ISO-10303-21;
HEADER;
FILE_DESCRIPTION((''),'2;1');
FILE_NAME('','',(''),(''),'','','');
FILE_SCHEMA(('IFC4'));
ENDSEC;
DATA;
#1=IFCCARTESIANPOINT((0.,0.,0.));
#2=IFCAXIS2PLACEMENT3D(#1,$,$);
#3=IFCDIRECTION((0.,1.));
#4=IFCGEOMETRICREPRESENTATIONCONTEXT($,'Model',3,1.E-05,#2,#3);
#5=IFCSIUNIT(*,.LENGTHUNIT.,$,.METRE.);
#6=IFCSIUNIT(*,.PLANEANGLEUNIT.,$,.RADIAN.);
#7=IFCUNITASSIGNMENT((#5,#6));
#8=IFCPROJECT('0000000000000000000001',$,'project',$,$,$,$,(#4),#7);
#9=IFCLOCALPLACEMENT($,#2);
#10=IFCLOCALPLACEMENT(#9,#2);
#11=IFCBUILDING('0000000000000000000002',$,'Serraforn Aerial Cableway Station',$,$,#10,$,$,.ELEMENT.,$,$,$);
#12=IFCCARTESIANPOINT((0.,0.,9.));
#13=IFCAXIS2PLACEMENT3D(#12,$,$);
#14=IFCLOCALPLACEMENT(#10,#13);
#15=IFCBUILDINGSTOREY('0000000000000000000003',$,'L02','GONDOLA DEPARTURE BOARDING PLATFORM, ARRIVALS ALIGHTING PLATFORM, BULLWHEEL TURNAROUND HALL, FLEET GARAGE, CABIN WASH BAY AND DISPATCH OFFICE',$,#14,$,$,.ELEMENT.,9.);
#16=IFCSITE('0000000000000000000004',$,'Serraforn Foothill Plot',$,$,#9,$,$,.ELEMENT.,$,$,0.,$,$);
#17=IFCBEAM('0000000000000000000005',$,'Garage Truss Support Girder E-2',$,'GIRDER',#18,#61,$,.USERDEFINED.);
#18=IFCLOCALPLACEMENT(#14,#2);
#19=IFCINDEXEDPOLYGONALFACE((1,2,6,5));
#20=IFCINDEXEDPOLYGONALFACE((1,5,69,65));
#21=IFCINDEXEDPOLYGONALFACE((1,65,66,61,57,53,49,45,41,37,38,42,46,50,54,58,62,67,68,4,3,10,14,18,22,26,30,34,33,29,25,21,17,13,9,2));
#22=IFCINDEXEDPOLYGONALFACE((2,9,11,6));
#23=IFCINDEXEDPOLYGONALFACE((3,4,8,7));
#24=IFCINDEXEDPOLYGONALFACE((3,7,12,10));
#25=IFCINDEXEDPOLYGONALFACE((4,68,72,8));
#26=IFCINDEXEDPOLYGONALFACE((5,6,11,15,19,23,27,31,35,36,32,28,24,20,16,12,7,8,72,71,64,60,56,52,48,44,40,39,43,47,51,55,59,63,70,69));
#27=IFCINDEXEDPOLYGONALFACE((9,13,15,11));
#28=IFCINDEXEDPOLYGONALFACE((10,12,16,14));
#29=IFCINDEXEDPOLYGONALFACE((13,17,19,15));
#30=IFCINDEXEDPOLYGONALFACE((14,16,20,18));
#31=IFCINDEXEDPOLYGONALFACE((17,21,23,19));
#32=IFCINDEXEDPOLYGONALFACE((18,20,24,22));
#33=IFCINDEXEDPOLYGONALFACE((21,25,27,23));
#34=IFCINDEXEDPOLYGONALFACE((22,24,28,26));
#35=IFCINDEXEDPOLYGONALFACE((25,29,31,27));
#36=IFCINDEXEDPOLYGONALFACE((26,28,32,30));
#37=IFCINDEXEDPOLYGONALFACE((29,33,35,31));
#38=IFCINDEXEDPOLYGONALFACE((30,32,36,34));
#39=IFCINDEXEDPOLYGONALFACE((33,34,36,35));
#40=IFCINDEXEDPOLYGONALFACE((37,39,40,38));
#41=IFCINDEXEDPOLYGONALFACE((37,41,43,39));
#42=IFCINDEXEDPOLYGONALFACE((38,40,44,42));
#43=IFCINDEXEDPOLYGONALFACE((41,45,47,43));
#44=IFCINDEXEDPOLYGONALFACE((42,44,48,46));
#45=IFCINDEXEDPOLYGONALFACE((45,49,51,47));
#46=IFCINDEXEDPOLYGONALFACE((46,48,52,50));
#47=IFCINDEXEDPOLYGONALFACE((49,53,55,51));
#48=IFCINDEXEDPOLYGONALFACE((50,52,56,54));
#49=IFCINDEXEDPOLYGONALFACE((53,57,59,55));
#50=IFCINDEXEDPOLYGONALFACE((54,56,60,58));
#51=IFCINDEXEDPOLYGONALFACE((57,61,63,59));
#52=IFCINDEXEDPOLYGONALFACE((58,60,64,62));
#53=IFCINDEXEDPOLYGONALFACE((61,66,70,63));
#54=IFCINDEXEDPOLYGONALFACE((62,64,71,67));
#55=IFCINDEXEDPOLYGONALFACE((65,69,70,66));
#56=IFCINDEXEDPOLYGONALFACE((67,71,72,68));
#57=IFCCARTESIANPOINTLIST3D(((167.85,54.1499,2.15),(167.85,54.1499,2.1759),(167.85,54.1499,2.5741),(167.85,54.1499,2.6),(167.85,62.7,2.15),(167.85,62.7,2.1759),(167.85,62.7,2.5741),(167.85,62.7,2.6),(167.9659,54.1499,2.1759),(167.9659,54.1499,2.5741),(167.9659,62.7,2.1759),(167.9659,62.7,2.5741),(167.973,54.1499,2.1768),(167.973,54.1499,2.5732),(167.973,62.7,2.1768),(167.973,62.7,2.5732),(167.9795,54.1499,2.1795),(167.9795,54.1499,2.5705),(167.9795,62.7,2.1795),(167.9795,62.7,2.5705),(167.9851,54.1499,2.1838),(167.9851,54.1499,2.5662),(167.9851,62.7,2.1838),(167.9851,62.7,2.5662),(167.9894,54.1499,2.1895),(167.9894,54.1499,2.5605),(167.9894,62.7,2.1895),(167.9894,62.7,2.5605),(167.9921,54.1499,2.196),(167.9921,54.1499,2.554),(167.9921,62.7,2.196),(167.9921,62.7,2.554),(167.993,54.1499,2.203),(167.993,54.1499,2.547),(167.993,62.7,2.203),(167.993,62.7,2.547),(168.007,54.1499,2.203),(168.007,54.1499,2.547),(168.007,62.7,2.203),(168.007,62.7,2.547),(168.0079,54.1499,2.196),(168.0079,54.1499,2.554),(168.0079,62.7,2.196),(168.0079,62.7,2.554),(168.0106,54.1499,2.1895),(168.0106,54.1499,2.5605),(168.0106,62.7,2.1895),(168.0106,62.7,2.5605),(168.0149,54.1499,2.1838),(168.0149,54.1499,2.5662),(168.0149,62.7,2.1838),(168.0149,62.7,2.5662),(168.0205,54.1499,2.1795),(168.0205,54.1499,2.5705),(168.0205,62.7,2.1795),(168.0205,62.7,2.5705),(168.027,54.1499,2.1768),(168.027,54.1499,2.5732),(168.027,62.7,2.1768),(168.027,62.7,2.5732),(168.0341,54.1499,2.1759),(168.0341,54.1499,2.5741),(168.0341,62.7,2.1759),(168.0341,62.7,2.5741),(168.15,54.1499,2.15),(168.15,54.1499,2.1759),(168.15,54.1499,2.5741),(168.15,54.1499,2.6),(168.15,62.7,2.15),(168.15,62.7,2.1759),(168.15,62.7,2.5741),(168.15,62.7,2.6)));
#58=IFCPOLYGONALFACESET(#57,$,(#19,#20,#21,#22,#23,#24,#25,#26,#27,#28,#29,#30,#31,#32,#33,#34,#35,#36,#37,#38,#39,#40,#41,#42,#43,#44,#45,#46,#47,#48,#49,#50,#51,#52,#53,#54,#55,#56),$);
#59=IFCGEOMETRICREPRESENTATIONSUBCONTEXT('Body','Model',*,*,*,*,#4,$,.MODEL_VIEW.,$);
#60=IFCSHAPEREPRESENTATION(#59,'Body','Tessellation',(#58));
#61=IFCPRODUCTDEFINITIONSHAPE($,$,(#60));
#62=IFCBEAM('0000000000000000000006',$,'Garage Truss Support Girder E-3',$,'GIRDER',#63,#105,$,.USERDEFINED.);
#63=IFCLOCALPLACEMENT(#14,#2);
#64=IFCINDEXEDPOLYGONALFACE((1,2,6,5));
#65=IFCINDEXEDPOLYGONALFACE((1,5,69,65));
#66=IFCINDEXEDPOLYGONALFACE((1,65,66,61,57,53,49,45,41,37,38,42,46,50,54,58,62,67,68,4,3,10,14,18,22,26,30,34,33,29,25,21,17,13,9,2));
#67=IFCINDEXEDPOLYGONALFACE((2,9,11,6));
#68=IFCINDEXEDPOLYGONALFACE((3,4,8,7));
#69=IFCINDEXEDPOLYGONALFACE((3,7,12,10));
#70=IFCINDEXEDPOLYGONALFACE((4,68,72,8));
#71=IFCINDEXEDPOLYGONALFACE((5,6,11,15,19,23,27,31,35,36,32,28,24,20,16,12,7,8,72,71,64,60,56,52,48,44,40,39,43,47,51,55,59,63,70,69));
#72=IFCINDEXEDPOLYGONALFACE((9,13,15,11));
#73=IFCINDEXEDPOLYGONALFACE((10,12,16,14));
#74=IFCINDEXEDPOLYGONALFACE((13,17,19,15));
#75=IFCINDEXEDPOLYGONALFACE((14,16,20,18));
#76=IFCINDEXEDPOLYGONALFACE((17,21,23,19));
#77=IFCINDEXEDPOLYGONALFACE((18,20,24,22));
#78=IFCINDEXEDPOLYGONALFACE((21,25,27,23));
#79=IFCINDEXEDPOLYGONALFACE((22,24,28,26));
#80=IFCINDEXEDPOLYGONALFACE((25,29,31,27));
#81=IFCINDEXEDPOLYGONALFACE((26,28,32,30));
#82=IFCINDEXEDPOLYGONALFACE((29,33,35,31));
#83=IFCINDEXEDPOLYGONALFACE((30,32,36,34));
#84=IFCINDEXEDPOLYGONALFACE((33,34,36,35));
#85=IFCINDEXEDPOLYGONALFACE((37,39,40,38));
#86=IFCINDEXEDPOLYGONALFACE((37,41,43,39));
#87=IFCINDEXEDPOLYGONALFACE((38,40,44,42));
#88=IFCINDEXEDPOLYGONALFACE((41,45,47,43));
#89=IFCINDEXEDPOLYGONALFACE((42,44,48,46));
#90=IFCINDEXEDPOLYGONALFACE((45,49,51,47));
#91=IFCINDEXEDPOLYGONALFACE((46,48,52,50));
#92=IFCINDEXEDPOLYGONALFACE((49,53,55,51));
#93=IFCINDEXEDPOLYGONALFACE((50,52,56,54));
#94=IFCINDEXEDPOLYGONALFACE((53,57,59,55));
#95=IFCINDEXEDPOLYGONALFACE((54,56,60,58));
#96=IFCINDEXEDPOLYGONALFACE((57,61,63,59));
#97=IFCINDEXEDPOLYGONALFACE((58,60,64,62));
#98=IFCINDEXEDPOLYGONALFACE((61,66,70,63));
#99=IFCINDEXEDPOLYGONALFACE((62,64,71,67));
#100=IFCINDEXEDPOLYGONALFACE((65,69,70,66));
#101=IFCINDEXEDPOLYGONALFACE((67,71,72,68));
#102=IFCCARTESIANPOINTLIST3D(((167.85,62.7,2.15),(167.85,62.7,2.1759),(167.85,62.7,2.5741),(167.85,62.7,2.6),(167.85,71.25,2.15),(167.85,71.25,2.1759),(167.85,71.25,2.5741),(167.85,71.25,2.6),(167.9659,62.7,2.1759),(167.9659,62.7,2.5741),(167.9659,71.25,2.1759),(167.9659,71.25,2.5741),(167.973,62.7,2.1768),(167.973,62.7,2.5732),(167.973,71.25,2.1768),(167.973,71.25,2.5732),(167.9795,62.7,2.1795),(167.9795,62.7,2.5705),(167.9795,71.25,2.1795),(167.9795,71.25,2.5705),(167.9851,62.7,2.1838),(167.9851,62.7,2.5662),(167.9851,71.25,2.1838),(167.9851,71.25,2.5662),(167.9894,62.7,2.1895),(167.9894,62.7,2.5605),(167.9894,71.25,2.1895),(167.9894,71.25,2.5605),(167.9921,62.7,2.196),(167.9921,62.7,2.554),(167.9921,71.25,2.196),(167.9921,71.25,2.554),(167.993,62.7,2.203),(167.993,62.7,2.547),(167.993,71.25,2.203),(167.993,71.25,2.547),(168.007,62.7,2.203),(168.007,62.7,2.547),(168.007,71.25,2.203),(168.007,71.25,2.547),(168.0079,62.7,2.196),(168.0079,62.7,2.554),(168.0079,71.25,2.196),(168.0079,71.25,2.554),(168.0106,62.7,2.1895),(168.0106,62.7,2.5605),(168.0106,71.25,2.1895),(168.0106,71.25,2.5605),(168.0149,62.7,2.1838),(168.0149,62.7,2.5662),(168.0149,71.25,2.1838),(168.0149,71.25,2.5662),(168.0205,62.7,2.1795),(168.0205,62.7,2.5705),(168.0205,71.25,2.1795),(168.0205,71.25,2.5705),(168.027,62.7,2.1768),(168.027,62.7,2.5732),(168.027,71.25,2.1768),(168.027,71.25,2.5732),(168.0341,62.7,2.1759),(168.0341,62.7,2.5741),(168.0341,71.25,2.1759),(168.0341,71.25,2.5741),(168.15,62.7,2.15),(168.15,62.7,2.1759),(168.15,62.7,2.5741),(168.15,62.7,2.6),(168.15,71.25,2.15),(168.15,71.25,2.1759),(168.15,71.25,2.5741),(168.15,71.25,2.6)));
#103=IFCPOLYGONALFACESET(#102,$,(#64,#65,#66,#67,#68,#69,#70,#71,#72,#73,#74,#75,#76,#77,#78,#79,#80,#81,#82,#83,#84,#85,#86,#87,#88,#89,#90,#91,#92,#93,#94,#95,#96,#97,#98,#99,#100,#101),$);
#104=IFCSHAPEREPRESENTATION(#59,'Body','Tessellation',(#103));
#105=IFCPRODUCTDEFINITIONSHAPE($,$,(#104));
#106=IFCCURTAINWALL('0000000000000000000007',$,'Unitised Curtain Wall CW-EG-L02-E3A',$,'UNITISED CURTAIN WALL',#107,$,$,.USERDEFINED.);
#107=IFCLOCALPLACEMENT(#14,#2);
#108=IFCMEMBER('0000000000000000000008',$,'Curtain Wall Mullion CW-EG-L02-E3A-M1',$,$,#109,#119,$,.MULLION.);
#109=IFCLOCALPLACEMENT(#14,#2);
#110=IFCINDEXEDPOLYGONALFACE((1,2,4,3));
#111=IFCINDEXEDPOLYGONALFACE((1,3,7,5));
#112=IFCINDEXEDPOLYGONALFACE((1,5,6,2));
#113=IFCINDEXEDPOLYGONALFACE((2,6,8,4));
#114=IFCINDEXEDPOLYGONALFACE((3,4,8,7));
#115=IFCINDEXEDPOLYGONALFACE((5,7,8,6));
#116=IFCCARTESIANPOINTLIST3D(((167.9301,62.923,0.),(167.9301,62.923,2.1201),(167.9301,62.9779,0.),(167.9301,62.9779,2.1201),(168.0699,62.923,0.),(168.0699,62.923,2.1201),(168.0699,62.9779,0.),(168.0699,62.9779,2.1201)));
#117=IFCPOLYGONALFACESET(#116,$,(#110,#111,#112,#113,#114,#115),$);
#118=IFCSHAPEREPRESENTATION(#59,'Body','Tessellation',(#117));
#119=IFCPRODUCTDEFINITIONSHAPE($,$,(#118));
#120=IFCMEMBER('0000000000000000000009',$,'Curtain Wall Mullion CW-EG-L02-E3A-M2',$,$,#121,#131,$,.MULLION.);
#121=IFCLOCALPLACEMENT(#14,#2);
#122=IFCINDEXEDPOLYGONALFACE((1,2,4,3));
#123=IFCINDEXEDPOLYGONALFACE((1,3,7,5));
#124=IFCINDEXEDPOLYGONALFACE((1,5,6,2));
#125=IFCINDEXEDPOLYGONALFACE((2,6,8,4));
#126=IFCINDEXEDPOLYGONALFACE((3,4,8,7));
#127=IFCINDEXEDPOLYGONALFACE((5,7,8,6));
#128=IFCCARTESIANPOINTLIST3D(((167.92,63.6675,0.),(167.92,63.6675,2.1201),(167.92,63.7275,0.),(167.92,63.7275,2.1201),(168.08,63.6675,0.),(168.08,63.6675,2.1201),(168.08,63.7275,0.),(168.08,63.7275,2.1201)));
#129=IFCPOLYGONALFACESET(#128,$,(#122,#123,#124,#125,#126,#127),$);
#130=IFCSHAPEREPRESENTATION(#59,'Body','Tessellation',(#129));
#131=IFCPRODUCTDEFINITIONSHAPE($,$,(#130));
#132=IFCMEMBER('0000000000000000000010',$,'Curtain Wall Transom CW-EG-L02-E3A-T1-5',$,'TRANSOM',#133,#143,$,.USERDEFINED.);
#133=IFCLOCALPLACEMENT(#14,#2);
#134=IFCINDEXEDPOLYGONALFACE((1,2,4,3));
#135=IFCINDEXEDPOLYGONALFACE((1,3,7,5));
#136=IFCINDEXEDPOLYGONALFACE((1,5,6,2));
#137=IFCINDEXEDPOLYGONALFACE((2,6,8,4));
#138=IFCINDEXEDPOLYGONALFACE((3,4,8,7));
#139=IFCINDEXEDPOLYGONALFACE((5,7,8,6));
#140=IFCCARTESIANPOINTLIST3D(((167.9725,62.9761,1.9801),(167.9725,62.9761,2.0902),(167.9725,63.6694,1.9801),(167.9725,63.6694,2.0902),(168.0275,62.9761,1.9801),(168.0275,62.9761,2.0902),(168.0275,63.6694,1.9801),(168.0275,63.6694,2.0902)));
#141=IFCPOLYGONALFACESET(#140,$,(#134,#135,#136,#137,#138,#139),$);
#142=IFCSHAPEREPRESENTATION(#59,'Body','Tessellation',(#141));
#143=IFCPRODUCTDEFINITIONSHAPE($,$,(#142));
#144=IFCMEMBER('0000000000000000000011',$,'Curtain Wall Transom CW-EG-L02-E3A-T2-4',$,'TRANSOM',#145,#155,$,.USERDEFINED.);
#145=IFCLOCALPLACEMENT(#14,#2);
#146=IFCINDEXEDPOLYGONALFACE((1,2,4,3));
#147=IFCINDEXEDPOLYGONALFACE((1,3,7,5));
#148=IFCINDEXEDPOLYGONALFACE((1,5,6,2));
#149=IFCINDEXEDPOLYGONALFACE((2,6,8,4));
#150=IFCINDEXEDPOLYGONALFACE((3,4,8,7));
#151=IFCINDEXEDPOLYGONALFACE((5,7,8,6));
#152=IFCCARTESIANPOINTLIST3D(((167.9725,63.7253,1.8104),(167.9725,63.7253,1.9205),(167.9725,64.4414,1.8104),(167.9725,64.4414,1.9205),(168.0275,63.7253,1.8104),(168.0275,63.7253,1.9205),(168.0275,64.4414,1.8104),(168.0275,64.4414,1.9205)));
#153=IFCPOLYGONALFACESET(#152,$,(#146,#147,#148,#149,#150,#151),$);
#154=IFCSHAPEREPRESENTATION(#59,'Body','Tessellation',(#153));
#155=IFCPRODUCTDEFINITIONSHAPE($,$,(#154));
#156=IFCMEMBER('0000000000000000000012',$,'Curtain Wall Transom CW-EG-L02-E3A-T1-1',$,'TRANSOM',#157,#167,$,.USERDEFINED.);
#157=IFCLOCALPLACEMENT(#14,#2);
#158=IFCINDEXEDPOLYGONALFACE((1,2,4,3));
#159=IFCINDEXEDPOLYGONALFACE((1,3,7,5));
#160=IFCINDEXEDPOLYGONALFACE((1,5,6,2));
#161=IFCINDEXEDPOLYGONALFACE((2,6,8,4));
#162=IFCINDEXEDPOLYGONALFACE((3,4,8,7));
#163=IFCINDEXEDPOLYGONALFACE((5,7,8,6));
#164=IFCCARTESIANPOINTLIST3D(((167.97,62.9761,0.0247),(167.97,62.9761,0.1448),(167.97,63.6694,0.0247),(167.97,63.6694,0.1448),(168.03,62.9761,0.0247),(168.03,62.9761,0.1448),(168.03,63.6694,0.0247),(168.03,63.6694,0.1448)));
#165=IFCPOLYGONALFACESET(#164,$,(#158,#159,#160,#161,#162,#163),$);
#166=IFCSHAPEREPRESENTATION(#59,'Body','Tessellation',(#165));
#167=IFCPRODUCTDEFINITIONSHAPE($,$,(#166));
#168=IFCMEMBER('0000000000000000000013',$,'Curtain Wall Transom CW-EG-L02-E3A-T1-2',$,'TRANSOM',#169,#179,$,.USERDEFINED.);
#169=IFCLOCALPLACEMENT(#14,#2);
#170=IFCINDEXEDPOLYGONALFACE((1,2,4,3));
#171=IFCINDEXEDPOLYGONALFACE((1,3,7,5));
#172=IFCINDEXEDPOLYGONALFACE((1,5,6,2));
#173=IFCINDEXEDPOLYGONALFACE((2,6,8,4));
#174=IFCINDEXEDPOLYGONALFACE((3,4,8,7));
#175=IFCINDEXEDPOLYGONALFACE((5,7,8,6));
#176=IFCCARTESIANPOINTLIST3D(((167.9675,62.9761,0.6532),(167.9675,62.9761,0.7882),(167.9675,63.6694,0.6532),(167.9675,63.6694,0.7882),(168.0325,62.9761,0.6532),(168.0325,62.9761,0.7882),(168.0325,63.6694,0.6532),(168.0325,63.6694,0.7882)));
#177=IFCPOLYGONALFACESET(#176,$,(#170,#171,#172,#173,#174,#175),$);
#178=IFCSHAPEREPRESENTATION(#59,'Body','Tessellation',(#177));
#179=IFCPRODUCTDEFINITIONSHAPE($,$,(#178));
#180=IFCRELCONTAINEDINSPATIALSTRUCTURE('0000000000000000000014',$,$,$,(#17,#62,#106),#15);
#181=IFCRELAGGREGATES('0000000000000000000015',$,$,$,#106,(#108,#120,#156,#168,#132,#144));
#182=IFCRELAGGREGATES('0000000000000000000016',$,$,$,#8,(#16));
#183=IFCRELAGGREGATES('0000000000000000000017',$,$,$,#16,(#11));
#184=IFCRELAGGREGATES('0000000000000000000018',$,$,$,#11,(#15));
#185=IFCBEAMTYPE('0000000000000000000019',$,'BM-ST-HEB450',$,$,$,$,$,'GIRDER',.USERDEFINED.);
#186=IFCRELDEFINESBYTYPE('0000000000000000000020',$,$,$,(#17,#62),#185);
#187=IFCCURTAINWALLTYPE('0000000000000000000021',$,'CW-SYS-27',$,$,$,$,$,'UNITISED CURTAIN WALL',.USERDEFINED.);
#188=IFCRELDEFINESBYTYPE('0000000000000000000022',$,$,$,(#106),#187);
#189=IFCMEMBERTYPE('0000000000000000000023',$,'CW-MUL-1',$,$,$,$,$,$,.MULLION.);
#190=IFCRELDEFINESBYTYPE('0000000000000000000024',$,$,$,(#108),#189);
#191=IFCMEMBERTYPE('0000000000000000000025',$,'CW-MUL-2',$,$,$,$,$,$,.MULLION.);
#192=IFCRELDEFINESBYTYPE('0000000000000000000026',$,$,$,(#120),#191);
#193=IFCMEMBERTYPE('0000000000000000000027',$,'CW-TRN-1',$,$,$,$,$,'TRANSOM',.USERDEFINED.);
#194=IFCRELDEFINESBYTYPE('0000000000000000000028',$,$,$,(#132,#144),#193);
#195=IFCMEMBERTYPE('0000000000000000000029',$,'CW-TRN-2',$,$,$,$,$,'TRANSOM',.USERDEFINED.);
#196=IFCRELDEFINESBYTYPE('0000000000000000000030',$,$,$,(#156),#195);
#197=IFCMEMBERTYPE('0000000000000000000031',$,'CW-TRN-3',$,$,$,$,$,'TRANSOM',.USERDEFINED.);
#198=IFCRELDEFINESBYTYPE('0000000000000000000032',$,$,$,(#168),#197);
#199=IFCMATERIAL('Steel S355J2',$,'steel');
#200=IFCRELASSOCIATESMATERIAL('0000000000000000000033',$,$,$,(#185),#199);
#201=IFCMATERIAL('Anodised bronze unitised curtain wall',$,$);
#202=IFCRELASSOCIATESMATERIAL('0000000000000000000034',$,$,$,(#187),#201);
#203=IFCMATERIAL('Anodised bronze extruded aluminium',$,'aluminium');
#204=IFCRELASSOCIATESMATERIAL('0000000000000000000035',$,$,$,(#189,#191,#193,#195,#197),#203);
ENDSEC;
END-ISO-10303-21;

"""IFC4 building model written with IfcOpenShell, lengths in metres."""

from ifc_helpers import new_model, si_unit, direction, frame, origin, origin_2d, place, context, subcontext, project, spatial, rectangle, i_section, extrude, material, material_profile, profile_set, type_object, element, aggregate, save


model = new_model("IFC4")

# Units and contexts
model_context = context("Model", 3, precision=1e-05, world=origin(), true_north=direction((0.0, 1.0)))
body_context = subcontext(model_context, "Body", "Model", "MODEL_VIEW")
ifc_project = project(units=[si_unit("LENGTHUNIT", "METRE"), si_unit("PLANEANGLEUNIT", "RADIAN")], contexts=[model_context])

# Site, building, storey
site_placement = place(None, origin())
site = spatial("IfcSite", under=ifc_project, at=site_placement, Name="Serraforn Foothill Plot", CompositionType="ELEMENT", RefElevation=0.0)
building_placement = place(site_placement, origin())
building = spatial("IfcBuilding", under=site, at=building_placement, Name="Serraforn Aerial Cableway Station", CompositionType="ELEMENT")
storey_placement = place(building_placement, frame((0.0, 0.0, 9.0)))
storey = spatial("IfcBuildingStorey", under=building, at=storey_placement, Name="L02", Description="GONDOLA DEPARTURE BOARDING PLATFORM, ARRIVALS ALIGHTING PLATFORM, BULLWHEEL TURNAROUND HALL, FLEET GARAGE, CABIN WASH BAY AND DISPATCH OFFICE", CompositionType="ELEMENT", Elevation=9.0)

# Shared definitions
ifc_material_1 = material(Name="Steel S355J2", Category="steel")

# Beams
ifc_material_profile_1 = material_profile(ifc_material_1, i_section(OverallWidth=0.3, OverallDepth=0.45, WebThickness=0.0139, FlangeThickness=0.0259, FilletRadius=0.0271, at=origin_2d()), Name="HEB 450")
ifc_profile_set_1 = profile_set([ifc_material_profile_1], Name="Steel S355J2")
beam_type_1 = type_object("IfcBeamType", Name="BM-ST-HEB450", ElementType="GIRDER", PredefinedType="USERDEFINED", material=ifc_profile_set_1)
for number, where, z_axis, x_axis, name in (
    (1, (168.0, 54.1499, 2.375), (0.0, 1.0, 0.0), (-1.0, 0.0, 0.0), "Garage Truss Support Girder E-2"),
    (2, (168.0, 62.7, 2.375), (0.0, 1.0, 0.0), (-1.0, 0.0, 0.0), "Garage Truss Support Girder E-3"),
):
    element("IfcBeam", number, at=place(storey_placement, frame(where, z_axis=z_axis, x_axis=x_axis)), inside=storey, type_object=beam_type_1, Name=name, ObjectType="GIRDER", PredefinedType="USERDEFINED", context=body_context, shape_type="SweptSolid", body=[
        extrude(i_section(OverallWidth=0.3, OverallDepth=0.45, WebThickness=0.0139, FlangeThickness=0.0259, FilletRadius=0.0271, at=origin_2d()), origin(), (0.0, 0.0, 1.0), 8.55),
    ])

# Curtain wall, members
ifc_material_2 = material(Name="Anodised bronze unitised curtain wall")
curtain_wall_type = type_object("IfcCurtainWallType", Name="CW-SYS-27", ElementType="UNITISED CURTAIN WALL", PredefinedType="USERDEFINED", material=ifc_material_2)
curtain_wall_placement = place(storey_placement, origin())
curtain_wall = element("IfcCurtainWall", 3, at=curtain_wall_placement, inside=storey, type_object=curtain_wall_type, Name="Unitised Curtain Wall CW-EG-L02-E3A", ObjectType="UNITISED CURTAIN WALL", PredefinedType="USERDEFINED")
ifc_material_3 = material(Name="Anodised bronze extruded aluminium", Category="aluminium")
ifc_material_profile_2 = material_profile(ifc_material_3, rectangle(XDim=0.0549, YDim=0.1399, at=origin_2d()), Name="CW MULLION 55x140")
ifc_profile_set_2 = profile_set([ifc_material_profile_2], Name="Anodised bronze extruded aluminium")
member_type_1 = type_object("IfcMemberType", Name="CW-MUL-1", PredefinedType="MULLION", material=ifc_profile_set_2)
member_1_placement = place(storey_placement, frame((168.0, 62.9504, 0.0), z_axis=(0.0, 0.0, 1.0), x_axis=(0.0, 1.0, 0.0)))
member_1 = element("IfcMember", 4, at=member_1_placement, type_object=member_type_1, Name="Curtain Wall Mullion CW-EG-L02-E3A-M1", PredefinedType="MULLION", context=body_context, shape_type="SweptSolid", body=[
    extrude(rectangle(XDim=0.0549, YDim=0.1399, at=origin_2d()), origin(), (0.0, 0.0, 1.0), 2.1201),
])
ifc_material_profile_3 = material_profile(ifc_material_3, rectangle(XDim=0.0601, YDim=0.1599, at=origin_2d()), Name="CW MULLION 60x160")
ifc_profile_set_3 = profile_set([ifc_material_profile_3], Name="Anodised bronze extruded aluminium")
member_type_2 = type_object("IfcMemberType", Name="CW-MUL-2", PredefinedType="MULLION", material=ifc_profile_set_3)
member_2_placement = place(storey_placement, frame((168.0, 63.6975, 0.0), z_axis=(0.0, 0.0, 1.0), x_axis=(0.0, 1.0, 0.0)))
member_2 = element("IfcMember", 5, at=member_2_placement, type_object=member_type_2, Name="Curtain Wall Mullion CW-EG-L02-E3A-M2", PredefinedType="MULLION", context=body_context, shape_type="SweptSolid", body=[
    extrude(rectangle(XDim=0.0601, YDim=0.1599, at=origin_2d()), origin(), (0.0, 0.0, 1.0), 2.1201),
])
ifc_material_profile_4 = material_profile(ifc_material_3, rectangle(XDim=0.0549, YDim=0.1101, at=origin_2d()), Name="CW TRANSOM 55x110")
ifc_profile_set_4 = profile_set([ifc_material_profile_4], Name="Anodised bronze extruded aluminium")
member_type_3 = type_object("IfcMemberType", Name="CW-TRN-1", ElementType="TRANSOM", PredefinedType="USERDEFINED", material=ifc_profile_set_4)
member_3_placement = place(storey_placement, frame((168.0, 62.9761, 2.0352), z_axis=(0.0, 1.0, 0.0), x_axis=(-1.0, 0.0, 0.0)))
member_3 = element("IfcMember", 6, at=member_3_placement, type_object=member_type_3, Name="Curtain Wall Transom CW-EG-L02-E3A-T1-5", ObjectType="TRANSOM", PredefinedType="USERDEFINED", context=body_context, shape_type="SweptSolid", body=[
    extrude(rectangle(XDim=0.0549, YDim=0.1101, at=origin_2d()), origin(), (0.0, 0.0, 1.0), 0.6934),
])
member_4_placement = place(storey_placement, frame((168.0, 63.7253, 1.8655), z_axis=(0.0, 1.0, 0.0), x_axis=(-1.0, 0.0, 0.0)))
member_4 = element("IfcMember", 7, at=member_4_placement, type_object=member_type_3, Name="Curtain Wall Transom CW-EG-L02-E3A-T2-4", ObjectType="TRANSOM", PredefinedType="USERDEFINED", context=body_context, shape_type="SweptSolid", body=[
    extrude(rectangle(XDim=0.0549, YDim=0.1101, at=origin_2d()), origin(), (0.0, 0.0, 1.0), 0.7161),
])
ifc_material_profile_5 = material_profile(ifc_material_3, rectangle(XDim=0.0601, YDim=0.1201, at=origin_2d()), Name="CW TRANSOM 60x120")
ifc_profile_set_5 = profile_set([ifc_material_profile_5], Name="Anodised bronze extruded aluminium")
member_type_4 = type_object("IfcMemberType", Name="CW-TRN-2", ElementType="TRANSOM", PredefinedType="USERDEFINED", material=ifc_profile_set_5)
member_5_placement = place(storey_placement, frame((168.0, 62.9761, 0.0847), z_axis=(0.0, 1.0, 0.0), x_axis=(-1.0, 0.0, 0.0)))
member_5 = element("IfcMember", 8, at=member_5_placement, type_object=member_type_4, Name="Curtain Wall Transom CW-EG-L02-E3A-T1-1", ObjectType="TRANSOM", PredefinedType="USERDEFINED", context=body_context, shape_type="SweptSolid", body=[
    extrude(rectangle(XDim=0.0601, YDim=0.1201, at=origin_2d()), origin(), (0.0, 0.0, 1.0), 0.6934),
])
ifc_material_profile_6 = material_profile(ifc_material_3, rectangle(XDim=0.0649, YDim=0.135, at=origin_2d()), Name="CW TRANSOM 65x135")
ifc_profile_set_6 = profile_set([ifc_material_profile_6], Name="Anodised bronze extruded aluminium")
member_type_5 = type_object("IfcMemberType", Name="CW-TRN-3", ElementType="TRANSOM", PredefinedType="USERDEFINED", material=ifc_profile_set_6)
member_6_placement = place(storey_placement, frame((168.0, 62.9761, 0.7207), z_axis=(0.0, 1.0, 0.0), x_axis=(-1.0, 0.0, 0.0)))
member_6 = element("IfcMember", 9, at=member_6_placement, type_object=member_type_5, Name="Curtain Wall Transom CW-EG-L02-E3A-T1-2", ObjectType="TRANSOM", PredefinedType="USERDEFINED", context=body_context, shape_type="SweptSolid", body=[
    extrude(rectangle(XDim=0.0649, YDim=0.135, at=origin_2d()), origin(), (0.0, 0.0, 1.0), 0.6934),
])

aggregate(curtain_wall, [member_1, member_2, member_5, member_6, member_3, member_4])

save(model, "model.ifc")
